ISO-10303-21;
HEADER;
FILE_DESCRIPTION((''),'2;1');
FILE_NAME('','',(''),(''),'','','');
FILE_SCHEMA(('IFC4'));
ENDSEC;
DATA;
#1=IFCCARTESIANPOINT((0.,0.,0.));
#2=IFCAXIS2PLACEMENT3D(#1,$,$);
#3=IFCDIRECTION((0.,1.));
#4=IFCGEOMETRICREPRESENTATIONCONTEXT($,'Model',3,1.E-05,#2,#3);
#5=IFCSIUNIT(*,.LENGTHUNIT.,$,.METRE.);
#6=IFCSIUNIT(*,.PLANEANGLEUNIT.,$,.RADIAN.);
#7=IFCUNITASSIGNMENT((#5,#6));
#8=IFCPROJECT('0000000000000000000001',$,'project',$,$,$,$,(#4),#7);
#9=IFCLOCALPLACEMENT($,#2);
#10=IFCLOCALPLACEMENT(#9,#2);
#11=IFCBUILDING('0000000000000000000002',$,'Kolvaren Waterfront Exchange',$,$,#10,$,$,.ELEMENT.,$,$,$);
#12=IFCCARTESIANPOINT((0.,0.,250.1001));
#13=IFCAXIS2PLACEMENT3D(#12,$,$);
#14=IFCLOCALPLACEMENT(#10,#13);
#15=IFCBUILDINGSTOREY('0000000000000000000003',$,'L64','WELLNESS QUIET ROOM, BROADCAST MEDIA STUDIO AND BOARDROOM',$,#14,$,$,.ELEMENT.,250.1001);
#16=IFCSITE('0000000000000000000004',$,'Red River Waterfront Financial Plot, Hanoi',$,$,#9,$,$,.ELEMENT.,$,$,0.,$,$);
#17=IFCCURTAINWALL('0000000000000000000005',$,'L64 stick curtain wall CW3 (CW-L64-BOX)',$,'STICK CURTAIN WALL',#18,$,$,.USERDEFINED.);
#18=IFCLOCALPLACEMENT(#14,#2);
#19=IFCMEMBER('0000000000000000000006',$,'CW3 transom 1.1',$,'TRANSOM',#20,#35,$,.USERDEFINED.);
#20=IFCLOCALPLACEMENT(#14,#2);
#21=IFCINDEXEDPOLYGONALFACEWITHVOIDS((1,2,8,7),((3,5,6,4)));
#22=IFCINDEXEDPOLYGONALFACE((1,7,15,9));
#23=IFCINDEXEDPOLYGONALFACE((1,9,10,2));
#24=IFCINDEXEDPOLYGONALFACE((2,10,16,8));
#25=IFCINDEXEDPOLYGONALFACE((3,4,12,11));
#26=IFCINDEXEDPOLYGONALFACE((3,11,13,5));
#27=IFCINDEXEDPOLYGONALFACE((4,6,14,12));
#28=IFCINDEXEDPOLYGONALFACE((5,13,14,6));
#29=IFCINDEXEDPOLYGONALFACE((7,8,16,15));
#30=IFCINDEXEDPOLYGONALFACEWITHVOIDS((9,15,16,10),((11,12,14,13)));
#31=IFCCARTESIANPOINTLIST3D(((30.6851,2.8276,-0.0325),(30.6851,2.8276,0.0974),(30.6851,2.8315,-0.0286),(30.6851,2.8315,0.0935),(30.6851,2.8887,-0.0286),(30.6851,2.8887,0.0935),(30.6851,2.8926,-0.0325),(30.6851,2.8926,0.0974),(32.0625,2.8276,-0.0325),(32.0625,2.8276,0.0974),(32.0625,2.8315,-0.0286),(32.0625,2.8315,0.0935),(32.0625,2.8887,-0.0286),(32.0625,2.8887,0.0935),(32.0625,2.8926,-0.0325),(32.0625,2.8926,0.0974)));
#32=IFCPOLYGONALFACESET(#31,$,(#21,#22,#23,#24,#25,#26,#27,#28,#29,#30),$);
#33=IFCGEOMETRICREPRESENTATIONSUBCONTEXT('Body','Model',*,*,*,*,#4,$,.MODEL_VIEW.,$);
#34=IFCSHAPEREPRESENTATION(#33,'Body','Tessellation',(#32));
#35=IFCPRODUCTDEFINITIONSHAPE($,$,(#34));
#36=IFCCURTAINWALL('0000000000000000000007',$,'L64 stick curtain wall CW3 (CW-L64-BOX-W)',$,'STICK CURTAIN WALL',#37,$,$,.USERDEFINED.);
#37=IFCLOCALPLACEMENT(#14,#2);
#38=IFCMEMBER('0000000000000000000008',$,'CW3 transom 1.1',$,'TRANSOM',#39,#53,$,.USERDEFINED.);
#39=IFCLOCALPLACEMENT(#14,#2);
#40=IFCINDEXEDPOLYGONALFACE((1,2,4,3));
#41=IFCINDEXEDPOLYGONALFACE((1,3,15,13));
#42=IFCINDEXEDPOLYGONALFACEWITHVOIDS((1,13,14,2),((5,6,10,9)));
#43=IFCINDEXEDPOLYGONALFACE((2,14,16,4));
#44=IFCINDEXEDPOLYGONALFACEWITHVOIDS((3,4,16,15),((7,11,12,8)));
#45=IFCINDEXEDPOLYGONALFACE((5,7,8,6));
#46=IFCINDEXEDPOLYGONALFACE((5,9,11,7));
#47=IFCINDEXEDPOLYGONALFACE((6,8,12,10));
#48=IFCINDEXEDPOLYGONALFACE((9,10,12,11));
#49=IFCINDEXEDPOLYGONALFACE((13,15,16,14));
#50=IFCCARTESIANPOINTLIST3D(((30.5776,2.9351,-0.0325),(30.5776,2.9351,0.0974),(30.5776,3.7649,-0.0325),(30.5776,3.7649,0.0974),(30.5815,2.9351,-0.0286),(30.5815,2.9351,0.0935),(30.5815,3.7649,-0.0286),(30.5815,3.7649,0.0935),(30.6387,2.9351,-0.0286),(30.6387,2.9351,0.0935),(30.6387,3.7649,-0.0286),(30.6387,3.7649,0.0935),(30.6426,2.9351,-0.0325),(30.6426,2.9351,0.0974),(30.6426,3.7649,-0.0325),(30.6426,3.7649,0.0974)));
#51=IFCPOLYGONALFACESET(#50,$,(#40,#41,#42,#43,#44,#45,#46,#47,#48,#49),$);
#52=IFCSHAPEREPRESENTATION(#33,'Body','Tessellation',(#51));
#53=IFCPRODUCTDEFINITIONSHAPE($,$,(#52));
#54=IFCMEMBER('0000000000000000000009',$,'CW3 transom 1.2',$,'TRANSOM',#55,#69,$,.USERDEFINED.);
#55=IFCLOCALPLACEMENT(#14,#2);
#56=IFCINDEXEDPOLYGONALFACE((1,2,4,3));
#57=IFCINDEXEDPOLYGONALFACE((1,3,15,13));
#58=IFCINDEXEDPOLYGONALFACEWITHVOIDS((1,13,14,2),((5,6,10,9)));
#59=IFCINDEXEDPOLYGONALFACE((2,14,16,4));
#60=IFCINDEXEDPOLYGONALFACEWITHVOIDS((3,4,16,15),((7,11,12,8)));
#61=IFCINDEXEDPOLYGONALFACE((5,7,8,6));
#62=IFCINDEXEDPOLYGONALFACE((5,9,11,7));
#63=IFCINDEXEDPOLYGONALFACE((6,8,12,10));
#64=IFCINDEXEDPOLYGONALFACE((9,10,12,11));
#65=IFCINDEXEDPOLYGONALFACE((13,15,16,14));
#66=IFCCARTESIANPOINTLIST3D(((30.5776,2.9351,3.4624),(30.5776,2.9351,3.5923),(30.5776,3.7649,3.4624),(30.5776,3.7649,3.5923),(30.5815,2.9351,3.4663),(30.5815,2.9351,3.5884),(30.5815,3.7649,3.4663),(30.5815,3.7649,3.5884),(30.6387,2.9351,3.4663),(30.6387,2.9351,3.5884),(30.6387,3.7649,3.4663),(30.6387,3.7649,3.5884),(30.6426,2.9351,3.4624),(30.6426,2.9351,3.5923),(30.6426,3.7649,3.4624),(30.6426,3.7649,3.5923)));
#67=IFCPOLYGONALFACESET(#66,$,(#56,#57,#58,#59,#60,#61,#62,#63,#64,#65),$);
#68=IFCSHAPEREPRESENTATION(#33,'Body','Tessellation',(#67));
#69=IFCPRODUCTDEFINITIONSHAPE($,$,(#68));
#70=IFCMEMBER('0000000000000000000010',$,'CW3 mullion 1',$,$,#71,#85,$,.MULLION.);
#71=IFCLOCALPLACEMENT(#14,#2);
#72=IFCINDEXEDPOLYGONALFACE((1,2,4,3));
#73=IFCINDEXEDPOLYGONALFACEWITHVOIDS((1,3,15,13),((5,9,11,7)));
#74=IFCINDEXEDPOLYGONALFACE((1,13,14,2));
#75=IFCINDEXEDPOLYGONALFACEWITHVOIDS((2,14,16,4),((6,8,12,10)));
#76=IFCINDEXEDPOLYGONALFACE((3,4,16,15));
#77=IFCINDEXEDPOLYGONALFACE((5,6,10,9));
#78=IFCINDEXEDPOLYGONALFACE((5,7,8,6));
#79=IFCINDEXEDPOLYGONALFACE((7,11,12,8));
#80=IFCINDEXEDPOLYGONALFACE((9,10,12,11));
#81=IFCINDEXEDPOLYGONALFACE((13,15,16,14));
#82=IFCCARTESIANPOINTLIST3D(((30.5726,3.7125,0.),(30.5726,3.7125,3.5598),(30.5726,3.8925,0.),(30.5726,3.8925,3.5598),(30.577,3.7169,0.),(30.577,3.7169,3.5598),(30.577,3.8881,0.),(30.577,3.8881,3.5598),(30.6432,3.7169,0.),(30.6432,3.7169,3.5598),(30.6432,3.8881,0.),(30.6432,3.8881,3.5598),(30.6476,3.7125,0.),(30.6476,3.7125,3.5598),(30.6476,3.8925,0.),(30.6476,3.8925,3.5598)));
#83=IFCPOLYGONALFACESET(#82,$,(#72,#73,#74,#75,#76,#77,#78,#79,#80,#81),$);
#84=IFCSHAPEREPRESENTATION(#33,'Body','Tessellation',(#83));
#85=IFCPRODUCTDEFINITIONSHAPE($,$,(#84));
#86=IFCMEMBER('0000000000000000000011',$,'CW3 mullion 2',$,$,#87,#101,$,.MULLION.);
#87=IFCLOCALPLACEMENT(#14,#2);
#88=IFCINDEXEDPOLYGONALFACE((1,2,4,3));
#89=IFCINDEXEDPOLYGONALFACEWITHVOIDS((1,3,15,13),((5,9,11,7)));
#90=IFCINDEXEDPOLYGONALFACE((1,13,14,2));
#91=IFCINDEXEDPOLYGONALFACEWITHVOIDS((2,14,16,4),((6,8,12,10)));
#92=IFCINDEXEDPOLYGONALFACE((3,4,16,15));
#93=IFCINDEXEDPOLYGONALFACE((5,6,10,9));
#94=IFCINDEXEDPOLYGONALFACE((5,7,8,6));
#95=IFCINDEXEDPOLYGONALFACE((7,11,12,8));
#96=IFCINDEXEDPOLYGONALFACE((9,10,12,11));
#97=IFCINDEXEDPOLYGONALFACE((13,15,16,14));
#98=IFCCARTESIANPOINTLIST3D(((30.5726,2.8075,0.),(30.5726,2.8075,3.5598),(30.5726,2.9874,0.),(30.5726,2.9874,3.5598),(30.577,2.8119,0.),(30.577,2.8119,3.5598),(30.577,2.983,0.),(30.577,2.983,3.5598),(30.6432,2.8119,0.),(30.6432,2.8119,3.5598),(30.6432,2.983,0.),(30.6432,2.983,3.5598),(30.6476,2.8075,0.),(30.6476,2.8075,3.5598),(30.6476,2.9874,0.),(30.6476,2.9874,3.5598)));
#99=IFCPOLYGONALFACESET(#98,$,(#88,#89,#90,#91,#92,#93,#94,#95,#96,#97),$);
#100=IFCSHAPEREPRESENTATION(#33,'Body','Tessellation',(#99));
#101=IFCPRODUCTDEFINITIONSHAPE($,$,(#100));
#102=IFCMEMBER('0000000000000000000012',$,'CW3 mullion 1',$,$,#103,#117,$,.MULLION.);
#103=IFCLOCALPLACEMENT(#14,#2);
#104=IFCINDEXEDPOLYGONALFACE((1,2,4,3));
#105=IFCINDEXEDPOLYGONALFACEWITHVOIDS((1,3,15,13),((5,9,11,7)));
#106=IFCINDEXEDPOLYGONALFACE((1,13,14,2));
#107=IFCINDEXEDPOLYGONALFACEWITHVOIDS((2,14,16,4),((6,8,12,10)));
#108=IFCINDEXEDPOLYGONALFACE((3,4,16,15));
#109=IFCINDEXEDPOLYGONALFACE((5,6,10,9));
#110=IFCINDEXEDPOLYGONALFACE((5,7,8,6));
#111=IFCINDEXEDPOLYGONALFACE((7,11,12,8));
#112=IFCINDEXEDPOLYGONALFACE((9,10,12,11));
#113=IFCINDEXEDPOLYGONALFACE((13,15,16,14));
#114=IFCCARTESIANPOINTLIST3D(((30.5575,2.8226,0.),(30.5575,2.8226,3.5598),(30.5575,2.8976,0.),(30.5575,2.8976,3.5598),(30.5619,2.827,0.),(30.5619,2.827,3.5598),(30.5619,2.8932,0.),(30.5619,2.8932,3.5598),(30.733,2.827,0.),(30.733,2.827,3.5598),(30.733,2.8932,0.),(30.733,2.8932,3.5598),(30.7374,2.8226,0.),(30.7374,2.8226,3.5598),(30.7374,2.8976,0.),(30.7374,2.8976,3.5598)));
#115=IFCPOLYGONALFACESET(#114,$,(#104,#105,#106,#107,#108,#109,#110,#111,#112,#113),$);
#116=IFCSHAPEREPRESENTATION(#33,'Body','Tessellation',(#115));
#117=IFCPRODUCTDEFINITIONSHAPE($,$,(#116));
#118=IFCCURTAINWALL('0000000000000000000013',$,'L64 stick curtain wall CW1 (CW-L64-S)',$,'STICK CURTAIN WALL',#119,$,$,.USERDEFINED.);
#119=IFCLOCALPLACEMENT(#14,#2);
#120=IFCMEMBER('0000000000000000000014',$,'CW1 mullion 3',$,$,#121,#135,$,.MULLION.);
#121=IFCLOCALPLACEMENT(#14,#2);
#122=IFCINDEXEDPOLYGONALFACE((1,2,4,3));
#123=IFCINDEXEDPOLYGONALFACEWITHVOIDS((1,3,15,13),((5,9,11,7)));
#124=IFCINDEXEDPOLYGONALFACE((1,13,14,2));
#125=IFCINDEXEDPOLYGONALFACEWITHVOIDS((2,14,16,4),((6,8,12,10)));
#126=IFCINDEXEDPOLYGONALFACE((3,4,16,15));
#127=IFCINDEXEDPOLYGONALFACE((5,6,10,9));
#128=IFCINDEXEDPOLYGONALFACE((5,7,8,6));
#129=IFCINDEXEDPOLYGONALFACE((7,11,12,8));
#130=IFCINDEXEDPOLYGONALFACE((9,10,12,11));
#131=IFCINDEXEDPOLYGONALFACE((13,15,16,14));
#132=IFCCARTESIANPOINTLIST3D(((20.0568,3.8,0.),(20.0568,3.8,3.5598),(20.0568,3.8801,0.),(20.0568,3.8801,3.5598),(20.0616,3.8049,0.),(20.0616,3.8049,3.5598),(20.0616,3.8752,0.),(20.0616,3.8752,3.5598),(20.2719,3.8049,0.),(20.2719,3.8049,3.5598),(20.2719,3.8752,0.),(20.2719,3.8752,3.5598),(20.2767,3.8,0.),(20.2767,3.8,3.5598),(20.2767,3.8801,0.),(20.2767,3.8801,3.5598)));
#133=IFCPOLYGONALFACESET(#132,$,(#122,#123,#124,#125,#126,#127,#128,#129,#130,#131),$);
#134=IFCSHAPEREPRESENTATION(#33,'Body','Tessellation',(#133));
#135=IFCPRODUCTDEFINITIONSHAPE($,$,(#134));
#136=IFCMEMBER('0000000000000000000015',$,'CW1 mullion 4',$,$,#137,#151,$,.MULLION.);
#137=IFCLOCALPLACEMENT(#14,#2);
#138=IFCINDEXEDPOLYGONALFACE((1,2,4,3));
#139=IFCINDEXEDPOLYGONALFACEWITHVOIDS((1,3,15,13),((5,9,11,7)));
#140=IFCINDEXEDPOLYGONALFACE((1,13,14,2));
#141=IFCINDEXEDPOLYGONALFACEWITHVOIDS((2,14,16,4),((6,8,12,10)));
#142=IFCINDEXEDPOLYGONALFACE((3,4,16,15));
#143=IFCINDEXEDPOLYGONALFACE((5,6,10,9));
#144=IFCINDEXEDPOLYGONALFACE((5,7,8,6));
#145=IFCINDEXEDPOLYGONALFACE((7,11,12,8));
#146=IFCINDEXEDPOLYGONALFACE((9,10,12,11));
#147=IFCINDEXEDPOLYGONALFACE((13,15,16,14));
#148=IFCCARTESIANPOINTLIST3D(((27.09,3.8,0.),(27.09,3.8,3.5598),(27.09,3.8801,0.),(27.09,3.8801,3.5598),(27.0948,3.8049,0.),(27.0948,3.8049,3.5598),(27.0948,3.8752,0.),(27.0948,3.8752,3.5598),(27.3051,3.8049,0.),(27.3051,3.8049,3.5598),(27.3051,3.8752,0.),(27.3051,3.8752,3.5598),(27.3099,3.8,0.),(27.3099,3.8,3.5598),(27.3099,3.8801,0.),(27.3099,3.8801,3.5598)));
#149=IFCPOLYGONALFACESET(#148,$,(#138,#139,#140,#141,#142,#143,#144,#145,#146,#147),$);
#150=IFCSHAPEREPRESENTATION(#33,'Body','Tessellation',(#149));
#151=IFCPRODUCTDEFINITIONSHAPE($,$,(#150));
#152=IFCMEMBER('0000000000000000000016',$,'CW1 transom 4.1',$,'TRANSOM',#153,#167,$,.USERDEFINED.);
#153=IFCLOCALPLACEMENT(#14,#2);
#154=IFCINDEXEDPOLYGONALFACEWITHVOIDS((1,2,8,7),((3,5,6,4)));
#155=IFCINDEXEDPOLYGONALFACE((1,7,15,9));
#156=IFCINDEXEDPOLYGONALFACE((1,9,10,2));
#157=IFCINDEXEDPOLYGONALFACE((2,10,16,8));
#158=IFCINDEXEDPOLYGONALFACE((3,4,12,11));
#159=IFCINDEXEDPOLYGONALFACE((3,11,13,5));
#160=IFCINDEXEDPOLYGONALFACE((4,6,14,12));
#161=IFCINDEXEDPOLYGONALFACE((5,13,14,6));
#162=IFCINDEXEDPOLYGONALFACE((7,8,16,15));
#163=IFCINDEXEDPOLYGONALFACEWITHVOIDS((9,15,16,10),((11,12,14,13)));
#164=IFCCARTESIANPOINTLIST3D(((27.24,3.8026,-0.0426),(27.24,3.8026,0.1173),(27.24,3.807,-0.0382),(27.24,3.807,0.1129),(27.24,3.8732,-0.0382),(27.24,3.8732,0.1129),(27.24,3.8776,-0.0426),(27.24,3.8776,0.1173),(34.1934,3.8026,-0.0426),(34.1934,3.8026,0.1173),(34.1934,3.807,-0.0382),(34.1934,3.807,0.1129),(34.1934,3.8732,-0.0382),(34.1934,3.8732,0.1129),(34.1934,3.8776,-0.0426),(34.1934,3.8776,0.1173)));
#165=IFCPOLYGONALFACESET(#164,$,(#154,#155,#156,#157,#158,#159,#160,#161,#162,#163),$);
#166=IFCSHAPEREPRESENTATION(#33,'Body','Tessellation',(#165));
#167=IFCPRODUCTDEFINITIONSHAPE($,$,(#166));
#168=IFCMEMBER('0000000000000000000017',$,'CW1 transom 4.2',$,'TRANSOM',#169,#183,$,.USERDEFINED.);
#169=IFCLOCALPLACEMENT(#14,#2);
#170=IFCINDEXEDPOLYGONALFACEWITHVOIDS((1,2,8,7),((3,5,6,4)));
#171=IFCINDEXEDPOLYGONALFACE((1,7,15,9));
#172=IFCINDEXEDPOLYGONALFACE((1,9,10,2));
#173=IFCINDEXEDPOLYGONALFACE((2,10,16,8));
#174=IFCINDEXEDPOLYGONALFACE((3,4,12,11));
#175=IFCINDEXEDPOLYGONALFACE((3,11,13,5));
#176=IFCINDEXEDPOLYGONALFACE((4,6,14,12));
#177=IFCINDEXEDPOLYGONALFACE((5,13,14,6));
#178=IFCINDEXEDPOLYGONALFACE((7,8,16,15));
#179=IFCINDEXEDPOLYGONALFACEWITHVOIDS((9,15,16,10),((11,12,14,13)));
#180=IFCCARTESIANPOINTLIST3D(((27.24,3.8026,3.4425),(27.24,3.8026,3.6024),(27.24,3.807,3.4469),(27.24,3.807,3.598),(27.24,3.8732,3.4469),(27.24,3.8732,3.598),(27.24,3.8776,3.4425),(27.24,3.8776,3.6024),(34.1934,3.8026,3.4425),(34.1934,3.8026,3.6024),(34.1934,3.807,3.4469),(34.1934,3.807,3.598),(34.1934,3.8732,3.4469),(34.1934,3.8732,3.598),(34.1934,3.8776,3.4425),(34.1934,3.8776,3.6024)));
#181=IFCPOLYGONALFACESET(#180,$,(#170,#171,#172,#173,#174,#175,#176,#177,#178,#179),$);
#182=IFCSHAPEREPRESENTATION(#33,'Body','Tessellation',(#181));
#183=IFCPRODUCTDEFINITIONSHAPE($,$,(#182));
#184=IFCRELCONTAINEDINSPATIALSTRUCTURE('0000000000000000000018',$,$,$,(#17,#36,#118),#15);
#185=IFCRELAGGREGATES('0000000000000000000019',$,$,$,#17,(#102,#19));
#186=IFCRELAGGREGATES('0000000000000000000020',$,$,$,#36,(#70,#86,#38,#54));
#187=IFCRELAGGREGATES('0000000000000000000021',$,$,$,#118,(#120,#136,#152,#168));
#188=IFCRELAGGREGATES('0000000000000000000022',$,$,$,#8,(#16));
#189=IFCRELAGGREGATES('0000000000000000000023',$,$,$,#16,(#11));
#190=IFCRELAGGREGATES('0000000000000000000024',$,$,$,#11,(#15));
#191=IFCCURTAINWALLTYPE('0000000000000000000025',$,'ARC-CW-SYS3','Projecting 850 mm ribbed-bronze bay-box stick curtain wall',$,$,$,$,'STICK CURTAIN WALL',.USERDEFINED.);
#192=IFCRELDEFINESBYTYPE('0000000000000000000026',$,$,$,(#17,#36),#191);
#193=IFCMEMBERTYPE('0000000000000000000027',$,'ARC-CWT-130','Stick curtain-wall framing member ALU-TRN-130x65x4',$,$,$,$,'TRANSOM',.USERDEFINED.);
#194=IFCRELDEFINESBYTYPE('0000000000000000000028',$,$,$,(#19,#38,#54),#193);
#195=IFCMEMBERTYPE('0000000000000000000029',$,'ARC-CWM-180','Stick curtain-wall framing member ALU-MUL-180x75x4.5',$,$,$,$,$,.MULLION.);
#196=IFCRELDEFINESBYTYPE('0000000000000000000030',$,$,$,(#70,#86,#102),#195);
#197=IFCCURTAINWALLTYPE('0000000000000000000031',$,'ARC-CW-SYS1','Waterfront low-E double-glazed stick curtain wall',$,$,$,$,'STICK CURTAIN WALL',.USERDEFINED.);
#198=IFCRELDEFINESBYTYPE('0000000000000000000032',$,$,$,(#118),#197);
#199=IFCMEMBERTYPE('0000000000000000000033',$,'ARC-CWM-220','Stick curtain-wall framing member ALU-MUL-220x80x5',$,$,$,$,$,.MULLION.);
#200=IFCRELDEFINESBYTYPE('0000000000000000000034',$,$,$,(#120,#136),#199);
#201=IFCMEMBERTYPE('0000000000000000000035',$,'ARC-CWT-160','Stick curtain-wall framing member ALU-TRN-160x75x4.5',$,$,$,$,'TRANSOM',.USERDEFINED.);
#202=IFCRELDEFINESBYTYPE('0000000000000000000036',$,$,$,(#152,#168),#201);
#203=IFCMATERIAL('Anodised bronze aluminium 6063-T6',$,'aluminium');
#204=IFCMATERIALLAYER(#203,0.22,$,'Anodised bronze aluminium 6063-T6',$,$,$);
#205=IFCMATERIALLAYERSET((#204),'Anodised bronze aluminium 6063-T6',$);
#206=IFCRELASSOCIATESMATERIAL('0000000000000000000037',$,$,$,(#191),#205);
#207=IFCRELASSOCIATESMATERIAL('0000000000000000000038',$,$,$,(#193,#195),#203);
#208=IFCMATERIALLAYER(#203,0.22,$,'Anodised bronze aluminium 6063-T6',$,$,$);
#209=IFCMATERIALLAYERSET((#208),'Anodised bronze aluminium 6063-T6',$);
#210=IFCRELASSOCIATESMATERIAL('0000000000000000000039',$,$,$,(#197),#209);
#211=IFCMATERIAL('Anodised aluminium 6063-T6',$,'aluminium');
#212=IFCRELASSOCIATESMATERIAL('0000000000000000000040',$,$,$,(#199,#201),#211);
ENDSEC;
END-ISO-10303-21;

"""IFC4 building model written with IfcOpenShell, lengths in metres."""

from ifc_helpers import new_model, si_unit, direction, frame, origin, origin_with_axes, origin_2d, place, context, subcontext, project, spatial, hollow_rectangle, extrude, source, transform, mapped, material, layer, layer_set, material_profile, profile_set, type_object, element, aggregate, save


model = new_model("IFC4")

# Units and contexts
model_context = context("Model", 3, precision=1e-05, world=origin(), true_north=direction((0.0, 1.0)))
body_context = subcontext(model_context, "Body", "Model", "MODEL_VIEW")
ifc_project = project(units=[si_unit("LENGTHUNIT", "METRE"), si_unit("PLANEANGLEUNIT", "RADIAN")], contexts=[model_context])

# Site, building, storey
site_placement = place(None, origin())
site = spatial("IfcSite", under=ifc_project, at=site_placement, Name="Red River Waterfront Financial Plot, Hanoi", CompositionType="ELEMENT", RefElevation=0.0)
building_placement = place(site_placement, origin())
building = spatial("IfcBuilding", under=site, at=building_placement, Name="Kolvaren Waterfront Exchange", CompositionType="ELEMENT")
storey_placement = place(building_placement, frame((0.0, 0.0, 250.1001)))
storey = spatial("IfcBuildingStorey", under=building, at=storey_placement, Name="L64", Description="WELLNESS QUIET ROOM, BROADCAST MEDIA STUDIO AND BOARDROOM", CompositionType="ELEMENT", Elevation=250.1001)

# Curtain wall, member
ifc_material_1 = material(Name="Anodised bronze aluminium 6063-T6", Category="aluminium")
ifc_layer_1 = layer(ifc_material_1, 0.22, Name="Anodised bronze aluminium 6063-T6")
ifc_layer_set_1 = layer_set([ifc_layer_1], Name="Anodised bronze aluminium 6063-T6")
curtain_wall_type_1 = type_object("IfcCurtainWallType", Name="ARC-CW-SYS3", Description="Projecting 850 mm ribbed-bronze bay-box stick curtain wall", ElementType="STICK CURTAIN WALL", PredefinedType="USERDEFINED", material=ifc_layer_set_1)
curtain_wall_1_placement = place(storey_placement, origin())
curtain_wall_1 = element("IfcCurtainWall", 1, at=curtain_wall_1_placement, inside=storey, type_object=curtain_wall_type_1, Name="L64 stick curtain wall CW3 (CW-L64-BOX)", ObjectType="STICK CURTAIN WALL", PredefinedType="USERDEFINED")
ifc_material_profile_1 = material_profile(ifc_material_1, hollow_rectangle(XDim=0.0649, YDim=0.1299, WallThickness=0.0039, at=origin_2d()), Name="ALU-TRN-130x65x4")
ifc_profile_set_1 = profile_set([ifc_material_profile_1], Name="Anodised bronze aluminium 6063-T6")
member_type_1 = type_object("IfcMemberType", Name="ARC-CWT-130", Description="Stick curtain-wall framing member ALU-TRN-130x65x4", ElementType="TRANSOM", PredefinedType="USERDEFINED", material=ifc_profile_set_1)
shared_shape_1 = source(origin_with_axes(), body_context, "Body", "SweptSolid", [
    extrude(hollow_rectangle(XDim=0.0649, YDim=0.1299, WallThickness=0.0039, at=origin_2d()), origin(), (0.0, 0.0, 1.0), 1.3774),
])
member_1_placement = place(storey_placement, frame((30.6851, 2.8601, 0.0325), z_axis=(1.0, 0.0, 0.0), x_axis=(0.0, 1.0, 0.0)))
member_1 = element("IfcMember", 2, at=member_1_placement, type_object=member_type_1, Name="CW3 transom 1.1", ObjectType="TRANSOM", PredefinedType="USERDEFINED", context=body_context, shape_type="MappedRepresentation", body=[
    mapped(shared_shape_1, transform((0.0, 0.0, 0.0), x_axis=(1.0, 0.0, 0.0), y_axis=(0.0, 1.0, 0.0), z_axis=(0.0, 0.0, 1.0), scale=1.0)),
])

# Curtain wall, members
curtain_wall_2_placement = place(storey_placement, origin())
curtain_wall_2 = element("IfcCurtainWall", 3, at=curtain_wall_2_placement, inside=storey, type_object=curtain_wall_type_1, Name="L64 stick curtain wall CW3 (CW-L64-BOX-W)", ObjectType="STICK CURTAIN WALL", PredefinedType="USERDEFINED")
shared_shape_2 = source(origin_with_axes(), body_context, "Body", "SweptSolid", [
    extrude(hollow_rectangle(XDim=0.0649, YDim=0.1299, WallThickness=0.0039, at=origin_2d()), origin(), (0.0, 0.0, 1.0), 0.8298),
])
member_2_placement = place(storey_placement, frame((30.6101, 3.7649, 0.0325), z_axis=(0.0, -1.0, 0.0), x_axis=(1.0, 0.0, 0.0)))
member_2 = element("IfcMember", 4, at=member_2_placement, type_object=member_type_1, Name="CW3 transom 1.1", ObjectType="TRANSOM", PredefinedType="USERDEFINED", context=body_context, shape_type="MappedRepresentation", body=[
    mapped(shared_shape_2, transform((0.0, 0.0, 0.0), x_axis=(1.0, 0.0, 0.0), y_axis=(0.0, 1.0, 0.0), z_axis=(0.0, 0.0, 1.0), scale=1.0)),
])
member_3_placement = place(storey_placement, frame((30.6101, 3.7649, 3.5273), z_axis=(0.0, -1.0, 0.0), x_axis=(1.0, 0.0, 0.0)))
member_3 = element("IfcMember", 5, at=member_3_placement, type_object=member_type_1, Name="CW3 transom 1.2", ObjectType="TRANSOM", PredefinedType="USERDEFINED", context=body_context, shape_type="MappedRepresentation", body=[
    mapped(shared_shape_2, transform((0.0, 0.0, 0.0), x_axis=(1.0, 0.0, 0.0), y_axis=(0.0, 1.0, 0.0), z_axis=(0.0, 0.0, 1.0), scale=1.0)),
])
ifc_material_profile_2 = material_profile(ifc_material_1, hollow_rectangle(XDim=0.075, YDim=0.1799, WallThickness=0.0044, at=origin_2d()), Name="ALU-MUL-180x75x4.5")
ifc_profile_set_2 = profile_set([ifc_material_profile_2], Name="Anodised bronze aluminium 6063-T6")
member_type_2 = type_object("IfcMemberType", Name="ARC-CWM-180", Description="Stick curtain-wall framing member ALU-MUL-180x75x4.5", PredefinedType="MULLION", material=ifc_profile_set_2)
shared_shape_3 = source(origin_with_axes(), body_context, "Body", "SweptSolid", [
    extrude(hollow_rectangle(XDim=0.075, YDim=0.1799, WallThickness=0.0044, at=origin_2d()), origin(), (0.0, 0.0, 1.0), 3.5598),
])
member_4_placement = place(storey_placement, frame((30.6101, 3.8025, 0.0), z_axis=(0.0, 0.0, 1.0), x_axis=(1.0, 0.0, 0.0)))
member_4 = element("IfcMember", 6, at=member_4_placement, type_object=member_type_2, Name="CW3 mullion 1", PredefinedType="MULLION", context=body_context, shape_type="MappedRepresentation", body=[
    mapped(shared_shape_3, transform((0.0, 0.0, 0.0), x_axis=(1.0, 0.0, 0.0), y_axis=(0.0, 1.0, 0.0), z_axis=(0.0, 0.0, 1.0), scale=1.0)),
])
member_5_placement = place(storey_placement, frame((30.6101, 2.8975, 0.0), z_axis=(0.0, 0.0, 1.0), x_axis=(1.0, 0.0, 0.0)))
member_5 = element("IfcMember", 7, at=member_5_placement, type_object=member_type_2, Name="CW3 mullion 2", PredefinedType="MULLION", context=body_context, shape_type="MappedRepresentation", body=[
    mapped(shared_shape_3, transform((0.0, 0.0, 0.0), x_axis=(1.0, 0.0, 0.0), y_axis=(0.0, 1.0, 0.0), z_axis=(0.0, 0.0, 1.0), scale=1.0)),
])

# Member
member_6_placement = place(storey_placement, frame((30.6475, 2.8601, 0.0), z_axis=(0.0, 0.0, 1.0), x_axis=(0.0, 1.0, 0.0)))
member_6 = element("IfcMember", 8, at=member_6_placement, type_object=member_type_2, Name="CW3 mullion 1", PredefinedType="MULLION", context=body_context, shape_type="MappedRepresentation", body=[
    mapped(shared_shape_3, transform((0.0, 0.0, 0.0), x_axis=(1.0, 0.0, 0.0), y_axis=(0.0, 1.0, 0.0), z_axis=(0.0, 0.0, 1.0), scale=1.0)),
])
aggregate(curtain_wall_1, [member_6, member_1])

# Curtain wall, members
ifc_layer_2 = layer(ifc_material_1, 0.22, Name="Anodised bronze aluminium 6063-T6")
ifc_layer_set_2 = layer_set([ifc_layer_2], Name="Anodised bronze aluminium 6063-T6")
curtain_wall_type_2 = type_object("IfcCurtainWallType", Name="ARC-CW-SYS1", Description="Waterfront low-E double-glazed stick curtain wall", ElementType="STICK CURTAIN WALL", PredefinedType="USERDEFINED", material=ifc_layer_set_2)
curtain_wall_3_placement = place(storey_placement, origin())
curtain_wall_3 = element("IfcCurtainWall", 9, at=curtain_wall_3_placement, inside=storey, type_object=curtain_wall_type_2, Name="L64 stick curtain wall CW1 (CW-L64-S)", ObjectType="STICK CURTAIN WALL", PredefinedType="USERDEFINED")
ifc_material_2 = material(Name="Anodised aluminium 6063-T6", Category="aluminium")
ifc_material_profile_3 = material_profile(ifc_material_2, hollow_rectangle(XDim=0.0801, YDim=0.22, WallThickness=0.0049, at=origin_2d()), Name="ALU-MUL-220x80x5")
ifc_profile_set_3 = profile_set([ifc_material_profile_3], Name="Anodised aluminium 6063-T6")
member_type_3 = type_object("IfcMemberType", Name="ARC-CWM-220", Description="Stick curtain-wall framing member ALU-MUL-220x80x5", PredefinedType="MULLION", material=ifc_profile_set_3)
shared_shape_4 = source(origin_with_axes(), body_context, "Body", "SweptSolid", [
    extrude(hollow_rectangle(XDim=0.0801, YDim=0.22, WallThickness=0.0049, at=origin_2d()), origin(), (0.0, 0.0, 1.0), 3.5598),
])
member_7_placement = place(storey_placement, frame((20.1667, 3.8401, 0.0), z_axis=(0.0, 0.0, 1.0), x_axis=(0.0, 1.0, 0.0)))
member_7 = element("IfcMember", 10, at=member_7_placement, type_object=member_type_3, Name="CW1 mullion 3", PredefinedType="MULLION", context=body_context, shape_type="MappedRepresentation", body=[
    mapped(shared_shape_4, transform((0.0, 0.0, 0.0), x_axis=(1.0, 0.0, 0.0), y_axis=(0.0, 1.0, 0.0), z_axis=(0.0, 0.0, 1.0), scale=1.0)),
])
member_8_placement = place(storey_placement, frame((27.2, 3.8401, 0.0), z_axis=(0.0, 0.0, 1.0), x_axis=(0.0, 1.0, 0.0)))
member_8 = element("IfcMember", 11, at=member_8_placement, type_object=member_type_3, Name="CW1 mullion 4", PredefinedType="MULLION", context=body_context, shape_type="MappedRepresentation", body=[
    mapped(shared_shape_4, transform((0.0, 0.0, 0.0), x_axis=(1.0, 0.0, 0.0), y_axis=(0.0, 1.0, 0.0), z_axis=(0.0, 0.0, 1.0), scale=1.0)),
])
ifc_material_profile_4 = material_profile(ifc_material_2, hollow_rectangle(XDim=0.075, YDim=0.1599, WallThickness=0.0044, at=origin_2d()), Name="ALU-TRN-160x75x4.5")
ifc_profile_set_4 = profile_set([ifc_material_profile_4], Name="Anodised aluminium 6063-T6")
member_type_4 = type_object("IfcMemberType", Name="ARC-CWT-160", Description="Stick curtain-wall framing member ALU-TRN-160x75x4.5", ElementType="TRANSOM", PredefinedType="USERDEFINED", material=ifc_profile_set_4)
shared_shape_5 = source(origin_with_axes(), body_context, "Body", "SweptSolid", [
    extrude(hollow_rectangle(XDim=0.075, YDim=0.1599, WallThickness=0.0044, at=origin_2d()), origin(), (0.0, 0.0, 1.0), 6.9534),
])
member_9_placement = place(storey_placement, frame((27.24, 3.8401, 0.0374), z_axis=(1.0, 0.0, 0.0), x_axis=(0.0, 1.0, 0.0)))
member_9 = element("IfcMember", 12, at=member_9_placement, type_object=member_type_4, Name="CW1 transom 4.1", ObjectType="TRANSOM", PredefinedType="USERDEFINED", context=body_context, shape_type="MappedRepresentation", body=[
    mapped(shared_shape_5, transform((0.0, 0.0, 0.0), x_axis=(1.0, 0.0, 0.0), y_axis=(0.0, 1.0, 0.0), z_axis=(0.0, 0.0, 1.0), scale=1.0)),
])
member_10_placement = place(storey_placement, frame((27.24, 3.8401, 3.5225), z_axis=(1.0, 0.0, 0.0), x_axis=(0.0, 1.0, 0.0)))
member_10 = element("IfcMember", 13, at=member_10_placement, type_object=member_type_4, Name="CW1 transom 4.2", ObjectType="TRANSOM", PredefinedType="USERDEFINED", context=body_context, shape_type="MappedRepresentation", body=[
    mapped(shared_shape_5, transform((0.0, 0.0, 0.0), x_axis=(1.0, 0.0, 0.0), y_axis=(0.0, 1.0, 0.0), z_axis=(0.0, 0.0, 1.0), scale=1.0)),
])

aggregate(curtain_wall_2, [member_4, member_5, member_2, member_3])
aggregate(curtain_wall_3, [member_7, member_8, member_9, member_10])

save(model, "model.ifc")
